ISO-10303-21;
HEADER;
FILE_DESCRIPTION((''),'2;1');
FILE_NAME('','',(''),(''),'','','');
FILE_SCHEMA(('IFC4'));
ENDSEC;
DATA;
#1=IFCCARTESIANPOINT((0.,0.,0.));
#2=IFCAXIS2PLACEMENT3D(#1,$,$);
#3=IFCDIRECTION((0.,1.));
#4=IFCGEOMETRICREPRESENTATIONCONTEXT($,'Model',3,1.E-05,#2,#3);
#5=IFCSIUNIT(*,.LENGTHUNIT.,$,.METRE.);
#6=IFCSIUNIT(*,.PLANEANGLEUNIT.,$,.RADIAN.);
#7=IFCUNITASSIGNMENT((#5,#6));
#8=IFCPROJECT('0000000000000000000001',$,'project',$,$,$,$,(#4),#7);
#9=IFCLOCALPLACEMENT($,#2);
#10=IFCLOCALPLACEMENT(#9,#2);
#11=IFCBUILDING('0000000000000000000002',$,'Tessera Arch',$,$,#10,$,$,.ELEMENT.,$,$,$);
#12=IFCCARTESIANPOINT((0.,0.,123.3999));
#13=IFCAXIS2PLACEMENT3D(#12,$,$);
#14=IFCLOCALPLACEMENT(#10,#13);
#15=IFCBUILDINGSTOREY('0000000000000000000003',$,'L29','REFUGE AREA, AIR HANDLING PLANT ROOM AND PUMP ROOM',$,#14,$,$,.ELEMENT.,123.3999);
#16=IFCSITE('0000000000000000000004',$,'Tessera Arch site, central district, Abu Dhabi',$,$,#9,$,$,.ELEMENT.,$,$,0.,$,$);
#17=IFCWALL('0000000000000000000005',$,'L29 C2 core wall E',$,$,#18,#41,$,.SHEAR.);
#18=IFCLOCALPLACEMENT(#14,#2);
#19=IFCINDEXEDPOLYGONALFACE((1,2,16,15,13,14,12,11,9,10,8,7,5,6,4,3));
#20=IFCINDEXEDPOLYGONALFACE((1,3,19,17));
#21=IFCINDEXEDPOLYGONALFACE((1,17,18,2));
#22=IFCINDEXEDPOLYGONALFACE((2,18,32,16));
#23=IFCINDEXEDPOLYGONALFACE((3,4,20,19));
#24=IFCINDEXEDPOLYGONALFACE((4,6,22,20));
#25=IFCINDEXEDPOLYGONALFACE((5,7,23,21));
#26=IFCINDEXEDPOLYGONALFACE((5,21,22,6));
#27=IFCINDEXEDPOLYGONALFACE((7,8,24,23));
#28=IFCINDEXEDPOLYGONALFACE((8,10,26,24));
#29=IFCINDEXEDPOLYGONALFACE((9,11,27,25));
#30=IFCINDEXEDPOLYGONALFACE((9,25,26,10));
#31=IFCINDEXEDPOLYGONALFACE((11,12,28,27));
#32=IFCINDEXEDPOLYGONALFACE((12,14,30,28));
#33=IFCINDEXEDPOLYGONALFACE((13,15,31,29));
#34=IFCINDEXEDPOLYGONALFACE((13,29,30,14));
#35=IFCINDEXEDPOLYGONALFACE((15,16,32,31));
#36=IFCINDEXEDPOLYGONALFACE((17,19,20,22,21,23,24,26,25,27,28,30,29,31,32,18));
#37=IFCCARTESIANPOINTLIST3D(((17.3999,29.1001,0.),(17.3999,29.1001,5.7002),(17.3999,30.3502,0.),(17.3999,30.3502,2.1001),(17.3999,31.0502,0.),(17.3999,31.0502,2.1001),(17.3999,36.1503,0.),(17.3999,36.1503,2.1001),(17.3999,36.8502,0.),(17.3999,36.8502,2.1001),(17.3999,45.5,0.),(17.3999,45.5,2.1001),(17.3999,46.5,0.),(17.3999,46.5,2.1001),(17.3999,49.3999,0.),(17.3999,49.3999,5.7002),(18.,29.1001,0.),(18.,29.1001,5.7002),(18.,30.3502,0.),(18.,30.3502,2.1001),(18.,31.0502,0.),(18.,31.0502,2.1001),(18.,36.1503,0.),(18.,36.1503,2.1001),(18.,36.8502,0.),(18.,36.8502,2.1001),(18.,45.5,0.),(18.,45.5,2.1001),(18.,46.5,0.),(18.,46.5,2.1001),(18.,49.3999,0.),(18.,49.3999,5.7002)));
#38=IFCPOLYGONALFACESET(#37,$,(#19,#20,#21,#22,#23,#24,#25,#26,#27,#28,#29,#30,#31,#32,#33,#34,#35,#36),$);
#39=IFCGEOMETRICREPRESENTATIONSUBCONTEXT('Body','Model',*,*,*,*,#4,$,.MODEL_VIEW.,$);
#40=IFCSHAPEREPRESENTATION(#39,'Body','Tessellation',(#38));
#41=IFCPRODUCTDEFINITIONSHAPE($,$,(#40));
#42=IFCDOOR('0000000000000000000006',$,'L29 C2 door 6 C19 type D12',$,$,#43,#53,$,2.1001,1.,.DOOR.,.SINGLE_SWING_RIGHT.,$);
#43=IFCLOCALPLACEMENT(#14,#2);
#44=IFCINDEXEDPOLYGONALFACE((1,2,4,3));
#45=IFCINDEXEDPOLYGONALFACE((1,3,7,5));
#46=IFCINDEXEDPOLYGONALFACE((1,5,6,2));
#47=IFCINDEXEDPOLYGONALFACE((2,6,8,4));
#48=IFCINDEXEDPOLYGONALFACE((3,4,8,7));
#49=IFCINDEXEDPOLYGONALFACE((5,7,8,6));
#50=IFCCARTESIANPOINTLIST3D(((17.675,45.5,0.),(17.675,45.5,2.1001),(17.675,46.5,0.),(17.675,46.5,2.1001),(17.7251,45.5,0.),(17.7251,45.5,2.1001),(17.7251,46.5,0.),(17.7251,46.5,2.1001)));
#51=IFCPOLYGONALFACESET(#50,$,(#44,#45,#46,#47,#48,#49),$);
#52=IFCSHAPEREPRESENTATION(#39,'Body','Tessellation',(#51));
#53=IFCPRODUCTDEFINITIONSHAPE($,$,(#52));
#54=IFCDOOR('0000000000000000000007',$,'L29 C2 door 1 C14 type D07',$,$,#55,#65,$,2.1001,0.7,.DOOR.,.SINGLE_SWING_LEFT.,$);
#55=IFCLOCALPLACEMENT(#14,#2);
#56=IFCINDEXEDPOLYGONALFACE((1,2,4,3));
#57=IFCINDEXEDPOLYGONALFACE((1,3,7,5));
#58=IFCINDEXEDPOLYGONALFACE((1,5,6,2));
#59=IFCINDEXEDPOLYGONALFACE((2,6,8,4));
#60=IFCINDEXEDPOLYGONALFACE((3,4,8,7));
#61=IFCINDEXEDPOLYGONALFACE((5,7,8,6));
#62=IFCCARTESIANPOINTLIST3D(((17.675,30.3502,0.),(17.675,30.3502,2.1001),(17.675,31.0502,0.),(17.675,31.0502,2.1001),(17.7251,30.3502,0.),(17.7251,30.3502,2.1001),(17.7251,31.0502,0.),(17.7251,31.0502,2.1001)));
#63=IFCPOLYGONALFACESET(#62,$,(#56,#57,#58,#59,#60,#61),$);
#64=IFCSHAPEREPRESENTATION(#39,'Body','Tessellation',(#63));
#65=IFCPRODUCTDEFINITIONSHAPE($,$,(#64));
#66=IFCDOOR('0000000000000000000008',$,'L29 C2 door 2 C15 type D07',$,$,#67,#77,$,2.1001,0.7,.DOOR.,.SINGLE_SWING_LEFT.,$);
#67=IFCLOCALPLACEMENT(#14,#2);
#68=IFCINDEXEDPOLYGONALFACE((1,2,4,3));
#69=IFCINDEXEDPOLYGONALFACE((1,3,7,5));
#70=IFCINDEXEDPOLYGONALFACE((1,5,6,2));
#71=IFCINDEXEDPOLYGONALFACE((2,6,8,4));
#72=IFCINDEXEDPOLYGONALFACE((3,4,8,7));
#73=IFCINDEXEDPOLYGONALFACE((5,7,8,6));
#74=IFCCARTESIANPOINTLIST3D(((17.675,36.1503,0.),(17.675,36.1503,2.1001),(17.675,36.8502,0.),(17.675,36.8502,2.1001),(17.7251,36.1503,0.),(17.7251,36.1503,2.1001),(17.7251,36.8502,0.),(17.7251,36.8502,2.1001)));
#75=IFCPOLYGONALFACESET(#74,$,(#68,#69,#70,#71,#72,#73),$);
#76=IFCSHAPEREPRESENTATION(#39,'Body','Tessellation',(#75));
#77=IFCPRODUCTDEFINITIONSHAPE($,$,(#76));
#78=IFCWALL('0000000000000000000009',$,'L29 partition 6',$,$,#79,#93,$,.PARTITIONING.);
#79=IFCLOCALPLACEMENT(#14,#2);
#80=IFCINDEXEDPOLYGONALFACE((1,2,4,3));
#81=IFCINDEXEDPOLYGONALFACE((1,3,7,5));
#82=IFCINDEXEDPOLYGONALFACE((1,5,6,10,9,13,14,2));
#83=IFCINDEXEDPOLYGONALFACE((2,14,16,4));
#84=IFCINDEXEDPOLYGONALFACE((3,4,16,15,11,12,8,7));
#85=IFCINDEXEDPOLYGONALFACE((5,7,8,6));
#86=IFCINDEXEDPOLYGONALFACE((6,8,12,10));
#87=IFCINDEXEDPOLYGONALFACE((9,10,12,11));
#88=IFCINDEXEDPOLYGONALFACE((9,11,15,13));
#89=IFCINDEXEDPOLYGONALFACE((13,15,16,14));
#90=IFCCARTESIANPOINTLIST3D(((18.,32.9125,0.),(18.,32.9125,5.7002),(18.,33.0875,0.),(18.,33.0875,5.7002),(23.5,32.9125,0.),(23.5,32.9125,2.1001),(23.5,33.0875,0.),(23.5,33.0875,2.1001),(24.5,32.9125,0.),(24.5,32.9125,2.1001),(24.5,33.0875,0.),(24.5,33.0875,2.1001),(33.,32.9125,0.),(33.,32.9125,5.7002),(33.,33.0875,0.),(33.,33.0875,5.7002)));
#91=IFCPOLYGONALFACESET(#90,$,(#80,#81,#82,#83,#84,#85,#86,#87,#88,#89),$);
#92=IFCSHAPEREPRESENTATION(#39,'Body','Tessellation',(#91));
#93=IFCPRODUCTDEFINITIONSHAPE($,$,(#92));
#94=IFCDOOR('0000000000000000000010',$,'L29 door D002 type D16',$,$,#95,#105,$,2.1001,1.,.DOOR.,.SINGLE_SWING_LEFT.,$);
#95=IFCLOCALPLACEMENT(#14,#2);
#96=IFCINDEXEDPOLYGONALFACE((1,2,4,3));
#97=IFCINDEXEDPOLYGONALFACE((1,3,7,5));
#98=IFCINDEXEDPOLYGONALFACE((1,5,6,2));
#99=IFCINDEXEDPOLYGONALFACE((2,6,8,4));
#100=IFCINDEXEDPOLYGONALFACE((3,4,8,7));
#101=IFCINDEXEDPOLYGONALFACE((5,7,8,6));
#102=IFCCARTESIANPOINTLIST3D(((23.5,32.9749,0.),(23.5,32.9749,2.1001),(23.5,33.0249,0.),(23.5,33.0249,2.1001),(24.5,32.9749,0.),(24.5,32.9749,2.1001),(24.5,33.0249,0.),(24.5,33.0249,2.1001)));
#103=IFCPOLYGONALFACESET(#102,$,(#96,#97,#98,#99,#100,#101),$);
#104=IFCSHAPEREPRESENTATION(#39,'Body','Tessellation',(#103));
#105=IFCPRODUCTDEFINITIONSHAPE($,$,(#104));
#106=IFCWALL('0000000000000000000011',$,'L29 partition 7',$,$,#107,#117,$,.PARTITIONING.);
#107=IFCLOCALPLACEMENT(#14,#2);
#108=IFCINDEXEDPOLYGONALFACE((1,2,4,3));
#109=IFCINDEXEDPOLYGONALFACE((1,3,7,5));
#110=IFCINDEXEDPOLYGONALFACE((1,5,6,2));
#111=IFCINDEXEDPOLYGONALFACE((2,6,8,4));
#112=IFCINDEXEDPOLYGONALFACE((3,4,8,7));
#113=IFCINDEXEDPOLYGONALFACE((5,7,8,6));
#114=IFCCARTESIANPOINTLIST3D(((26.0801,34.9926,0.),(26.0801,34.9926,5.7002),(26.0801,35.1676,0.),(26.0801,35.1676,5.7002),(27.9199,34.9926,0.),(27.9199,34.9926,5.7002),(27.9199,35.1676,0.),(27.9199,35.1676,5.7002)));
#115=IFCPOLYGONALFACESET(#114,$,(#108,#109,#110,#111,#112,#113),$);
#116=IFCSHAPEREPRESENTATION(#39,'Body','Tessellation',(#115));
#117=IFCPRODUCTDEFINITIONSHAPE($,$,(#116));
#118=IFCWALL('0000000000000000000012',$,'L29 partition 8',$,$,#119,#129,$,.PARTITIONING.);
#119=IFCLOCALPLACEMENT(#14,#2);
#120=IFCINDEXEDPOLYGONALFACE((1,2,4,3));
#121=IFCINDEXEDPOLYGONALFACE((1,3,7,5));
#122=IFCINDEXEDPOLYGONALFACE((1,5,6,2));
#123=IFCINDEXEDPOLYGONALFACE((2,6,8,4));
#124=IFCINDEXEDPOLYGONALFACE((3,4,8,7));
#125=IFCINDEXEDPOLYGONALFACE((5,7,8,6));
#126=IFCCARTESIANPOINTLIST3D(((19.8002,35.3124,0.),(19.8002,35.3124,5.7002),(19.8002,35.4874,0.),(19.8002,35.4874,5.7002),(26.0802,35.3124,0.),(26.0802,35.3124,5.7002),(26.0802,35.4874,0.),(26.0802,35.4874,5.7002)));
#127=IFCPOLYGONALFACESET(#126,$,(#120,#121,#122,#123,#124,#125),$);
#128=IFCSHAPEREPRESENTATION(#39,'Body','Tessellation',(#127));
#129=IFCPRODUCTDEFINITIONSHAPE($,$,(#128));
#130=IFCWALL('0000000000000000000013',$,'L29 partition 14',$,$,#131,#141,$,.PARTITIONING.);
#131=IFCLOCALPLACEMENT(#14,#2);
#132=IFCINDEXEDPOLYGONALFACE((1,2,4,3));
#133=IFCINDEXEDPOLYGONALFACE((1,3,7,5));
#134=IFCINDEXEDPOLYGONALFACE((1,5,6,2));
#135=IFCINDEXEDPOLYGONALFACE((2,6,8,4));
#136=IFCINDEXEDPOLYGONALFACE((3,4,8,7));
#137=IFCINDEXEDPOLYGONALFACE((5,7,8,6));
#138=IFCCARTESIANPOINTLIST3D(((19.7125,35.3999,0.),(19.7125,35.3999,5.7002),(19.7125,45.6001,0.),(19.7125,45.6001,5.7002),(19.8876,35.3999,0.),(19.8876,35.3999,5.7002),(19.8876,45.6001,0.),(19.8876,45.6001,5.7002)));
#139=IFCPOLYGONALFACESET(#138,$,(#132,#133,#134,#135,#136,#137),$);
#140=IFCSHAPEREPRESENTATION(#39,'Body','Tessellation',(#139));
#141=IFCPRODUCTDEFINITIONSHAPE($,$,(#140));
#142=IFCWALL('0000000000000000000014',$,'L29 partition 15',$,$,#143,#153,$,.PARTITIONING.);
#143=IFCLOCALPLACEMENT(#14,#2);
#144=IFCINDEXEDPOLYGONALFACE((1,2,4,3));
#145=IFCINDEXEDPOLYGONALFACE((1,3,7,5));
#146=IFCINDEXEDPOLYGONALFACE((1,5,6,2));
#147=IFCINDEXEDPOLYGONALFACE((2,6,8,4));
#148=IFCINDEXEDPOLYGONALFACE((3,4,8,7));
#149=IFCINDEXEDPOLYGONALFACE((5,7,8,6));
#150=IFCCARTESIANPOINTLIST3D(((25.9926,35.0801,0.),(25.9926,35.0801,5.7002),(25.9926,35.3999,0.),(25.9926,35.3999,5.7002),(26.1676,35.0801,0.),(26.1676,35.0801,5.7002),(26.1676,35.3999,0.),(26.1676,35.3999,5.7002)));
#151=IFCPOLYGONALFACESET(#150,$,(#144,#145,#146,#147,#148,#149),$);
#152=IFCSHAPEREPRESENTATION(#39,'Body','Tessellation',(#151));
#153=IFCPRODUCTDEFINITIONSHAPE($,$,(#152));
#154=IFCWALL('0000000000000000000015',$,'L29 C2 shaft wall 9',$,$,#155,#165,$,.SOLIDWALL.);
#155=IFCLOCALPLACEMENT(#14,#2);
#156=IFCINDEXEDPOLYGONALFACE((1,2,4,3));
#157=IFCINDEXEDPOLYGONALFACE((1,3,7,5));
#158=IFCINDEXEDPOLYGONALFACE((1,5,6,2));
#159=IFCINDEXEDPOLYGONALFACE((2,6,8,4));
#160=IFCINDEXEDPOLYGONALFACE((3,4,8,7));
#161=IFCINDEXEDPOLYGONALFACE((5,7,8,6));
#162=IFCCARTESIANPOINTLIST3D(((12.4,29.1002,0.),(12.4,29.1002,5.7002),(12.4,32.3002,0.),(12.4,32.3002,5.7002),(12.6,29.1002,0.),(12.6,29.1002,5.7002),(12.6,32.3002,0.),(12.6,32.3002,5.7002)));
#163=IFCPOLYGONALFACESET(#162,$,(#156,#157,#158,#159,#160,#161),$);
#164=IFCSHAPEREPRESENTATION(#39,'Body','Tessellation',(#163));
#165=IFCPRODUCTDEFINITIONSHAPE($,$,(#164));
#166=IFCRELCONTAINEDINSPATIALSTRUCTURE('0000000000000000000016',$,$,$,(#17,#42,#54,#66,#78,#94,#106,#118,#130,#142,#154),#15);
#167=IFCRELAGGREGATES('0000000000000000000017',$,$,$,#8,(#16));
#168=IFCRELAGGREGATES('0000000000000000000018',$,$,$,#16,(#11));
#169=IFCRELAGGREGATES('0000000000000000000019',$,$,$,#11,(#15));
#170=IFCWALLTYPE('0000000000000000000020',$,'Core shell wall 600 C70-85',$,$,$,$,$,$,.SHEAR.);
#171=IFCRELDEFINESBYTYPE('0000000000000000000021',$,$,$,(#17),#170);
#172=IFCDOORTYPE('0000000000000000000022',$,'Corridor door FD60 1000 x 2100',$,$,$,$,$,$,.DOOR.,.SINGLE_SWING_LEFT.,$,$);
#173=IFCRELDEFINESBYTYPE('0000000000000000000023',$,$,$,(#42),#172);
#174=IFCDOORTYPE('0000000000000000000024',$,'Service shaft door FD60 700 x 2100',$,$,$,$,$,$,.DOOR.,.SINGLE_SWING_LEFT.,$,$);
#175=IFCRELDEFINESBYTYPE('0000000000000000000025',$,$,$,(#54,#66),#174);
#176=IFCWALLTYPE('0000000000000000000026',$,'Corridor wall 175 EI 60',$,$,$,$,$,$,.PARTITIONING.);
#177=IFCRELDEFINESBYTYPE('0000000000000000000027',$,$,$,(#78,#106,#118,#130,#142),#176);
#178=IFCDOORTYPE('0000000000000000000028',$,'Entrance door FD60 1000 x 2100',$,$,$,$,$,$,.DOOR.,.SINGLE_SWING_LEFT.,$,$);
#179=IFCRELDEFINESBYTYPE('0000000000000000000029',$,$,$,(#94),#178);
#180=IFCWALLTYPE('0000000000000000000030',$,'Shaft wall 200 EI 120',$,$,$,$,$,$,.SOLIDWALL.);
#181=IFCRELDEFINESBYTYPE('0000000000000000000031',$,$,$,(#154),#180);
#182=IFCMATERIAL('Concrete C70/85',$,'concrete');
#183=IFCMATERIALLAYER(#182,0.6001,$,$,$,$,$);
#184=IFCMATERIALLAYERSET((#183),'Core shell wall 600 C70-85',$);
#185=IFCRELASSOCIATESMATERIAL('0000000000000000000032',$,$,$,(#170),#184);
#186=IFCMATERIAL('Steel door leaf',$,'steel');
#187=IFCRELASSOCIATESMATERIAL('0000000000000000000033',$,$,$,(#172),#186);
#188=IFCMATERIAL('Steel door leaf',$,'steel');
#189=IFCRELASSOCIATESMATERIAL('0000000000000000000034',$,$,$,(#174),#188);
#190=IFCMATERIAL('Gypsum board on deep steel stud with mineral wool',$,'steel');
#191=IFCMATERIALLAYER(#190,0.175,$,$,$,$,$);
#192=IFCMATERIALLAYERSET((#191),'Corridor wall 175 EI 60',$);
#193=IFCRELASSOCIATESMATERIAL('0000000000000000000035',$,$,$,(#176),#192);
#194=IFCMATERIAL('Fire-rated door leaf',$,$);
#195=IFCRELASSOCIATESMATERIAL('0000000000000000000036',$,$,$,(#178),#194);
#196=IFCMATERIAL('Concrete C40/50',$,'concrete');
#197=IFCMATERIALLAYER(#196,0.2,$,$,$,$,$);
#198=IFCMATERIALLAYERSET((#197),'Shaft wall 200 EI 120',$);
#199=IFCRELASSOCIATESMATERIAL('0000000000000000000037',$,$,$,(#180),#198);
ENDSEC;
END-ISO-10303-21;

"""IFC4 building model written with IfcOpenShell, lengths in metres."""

from ifc_helpers import new_model, si_unit, direction, frame, frame_2d, origin, place, context, subcontext, project, spatial, rectangle, extrude, material, layer, layer_set, type_object, element, fill, save


model = new_model("IFC4")

# Units and contexts
model_context = context("Model", 3, precision=1e-05, world=origin(), true_north=direction((0.0, 1.0)))
body_context = subcontext(model_context, "Body", "Model", "MODEL_VIEW")
ifc_project = project(units=[si_unit("LENGTHUNIT", "METRE"), si_unit("PLANEANGLEUNIT", "RADIAN")], contexts=[model_context])

# Site, building, storey
site_placement = place(None, origin())
site = spatial("IfcSite", under=ifc_project, at=site_placement, Name="Tessera Arch site, central district, Abu Dhabi", CompositionType="ELEMENT", RefElevation=0.0)
building_placement = place(site_placement, origin())
building = spatial("IfcBuilding", under=site, at=building_placement, Name="Tessera Arch", CompositionType="ELEMENT")
storey_placement = place(building_placement, frame((0.0, 0.0, 123.3999)))
storey = spatial("IfcBuildingStorey", under=building, at=storey_placement, Name="L29", Description="REFUGE AREA, AIR HANDLING PLANT ROOM AND PUMP ROOM", CompositionType="ELEMENT", Elevation=123.3999)

# Wall, openings, doors
ifc_material_1 = material(Name="Concrete C70/85", Category="concrete")
ifc_layer_1 = layer(ifc_material_1, 0.6001)
ifc_layer_set_1 = layer_set([ifc_layer_1], Name="Core shell wall 600 C70-85")
wall_type_1 = type_object("IfcWallType", Name="Core shell wall 600 C70-85", PredefinedType="SHEAR", material=ifc_layer_set_1)
wall_1_placement = place(storey_placement, frame((17.7, 29.1001, 0.0), z_axis=(0.0, 0.0, 1.0), x_axis=(0.0, 1.0, 0.0)))
wall_1 = element("IfcWall", 1, at=wall_1_placement, inside=storey, type_object=wall_type_1, Name="L29 C2 core wall E", PredefinedType="SHEAR", context=body_context, shape_type="SweptSolid", body=[
    extrude(rectangle(XDim=20.2998, YDim=0.6001, at=frame_2d((10.1499, 0.0))), origin(), (0.0, 0.0, 1.0), 5.7002),
])
opening_1_placement = place(wall_1_placement, frame((1.25, 0.0, 0.0)))
opening_1 = element("IfcOpeningElement", 2, at=opening_1_placement, cuts=wall_1, PredefinedType="OPENING", context=body_context, shape_type="SweptSolid", body=[
    extrude(rectangle(XDim=0.7, YDim=2.1001, at=frame_2d((0.3501, 1.05))), frame((0.0, 0.3101, 0.0), z_axis=(0.0, -1.0, 0.0), x_axis=(1.0, 0.0, 0.0)), (0.0, 0.0, 1.0), 0.6201),
])
opening_2_placement = place(wall_1_placement, frame((7.05, 0.0, 0.0)))
opening_2 = element("IfcOpeningElement", 3, at=opening_2_placement, cuts=wall_1, PredefinedType="OPENING", context=body_context, shape_type="SweptSolid", body=[
    extrude(rectangle(XDim=0.7, YDim=2.1001, at=frame_2d((0.3501, 1.05))), frame((0.0, 0.3101, 0.0), z_axis=(0.0, -1.0, 0.0), x_axis=(1.0, 0.0, 0.0)), (0.0, 0.0, 1.0), 0.6201),
])
opening_3_placement = place(wall_1_placement, frame((16.3999, 0.0, 0.0)))
opening_3 = element("IfcOpeningElement", 4, at=opening_3_placement, cuts=wall_1, PredefinedType="OPENING", context=body_context, shape_type="SweptSolid", body=[
    extrude(rectangle(XDim=1.0, YDim=2.1001, at=frame_2d((0.5, 1.05))), frame((0.0, 0.3101, 0.0), z_axis=(0.0, -1.0, 0.0), x_axis=(1.0, 0.0, 0.0)), (0.0, 0.0, 1.0), 0.6201),
])
ifc_material_2 = material(Name="Steel door leaf", Category="steel")
door_type_1 = type_object("IfcDoorType", Name="Corridor door FD60 1000 x 2100", OperationType="SINGLE_SWING_LEFT", PredefinedType="DOOR", material=ifc_material_2)
door_1_placement = place(opening_3_placement, origin())
door_1 = element("IfcDoor", 5, at=door_1_placement, inside=storey, type_object=door_type_1, Name="L29 C2 door 6 C19 type D12", OperationType="SINGLE_SWING_RIGHT", OverallHeight=2.1001, OverallWidth=1.0, PredefinedType="DOOR", context=body_context, shape_type="SweptSolid", body=[
    extrude(rectangle(XDim=1.0, YDim=2.1001, at=frame_2d((0.5, 1.05))), frame((0.0, 0.0249, 0.0), z_axis=(0.0, -1.0, 0.0), x_axis=(1.0, 0.0, 0.0)), (0.0, 0.0, 1.0), 0.05),
])
fill(opening_3, door_1)
ifc_material_3 = material(Name="Steel door leaf", Category="steel")
door_type_2 = type_object("IfcDoorType", Name="Service shaft door FD60 700 x 2100", OperationType="SINGLE_SWING_LEFT", PredefinedType="DOOR", material=ifc_material_3)
door_2_placement = place(opening_1_placement, origin())
door_2 = element("IfcDoor", 6, at=door_2_placement, inside=storey, type_object=door_type_2, Name="L29 C2 door 1 C14 type D07", OperationType="SINGLE_SWING_LEFT", OverallHeight=2.1001, OverallWidth=0.7, PredefinedType="DOOR", context=body_context, shape_type="SweptSolid", body=[
    extrude(rectangle(XDim=0.7, YDim=2.1001, at=frame_2d((0.3501, 1.05))), frame((0.0, 0.0249, 0.0), z_axis=(0.0, -1.0, 0.0), x_axis=(1.0, 0.0, 0.0)), (0.0, 0.0, 1.0), 0.05),
])
fill(opening_1, door_2)
door_3_placement = place(opening_2_placement, origin())
door_3 = element("IfcDoor", 7, at=door_3_placement, inside=storey, type_object=door_type_2, Name="L29 C2 door 2 C15 type D07", OperationType="SINGLE_SWING_LEFT", OverallHeight=2.1001, OverallWidth=0.7, PredefinedType="DOOR", context=body_context, shape_type="SweptSolid", body=[
    extrude(rectangle(XDim=0.7, YDim=2.1001, at=frame_2d((0.3501, 1.05))), frame((0.0, 0.0249, 0.0), z_axis=(0.0, -1.0, 0.0), x_axis=(1.0, 0.0, 0.0)), (0.0, 0.0, 1.0), 0.05),
])
fill(opening_2, door_3)

# Wall, opening, door
ifc_material_4 = material(Name="Gypsum board on deep steel stud with mineral wool", Category="steel")
ifc_layer_2 = layer(ifc_material_4, 0.175)
ifc_layer_set_2 = layer_set([ifc_layer_2], Name="Corridor wall 175 EI 60")
wall_type_2 = type_object("IfcWallType", Name="Corridor wall 175 EI 60", PredefinedType="PARTITIONING", material=ifc_layer_set_2)
wall_2_placement = place(storey_placement, frame((18.0, 33.0, 0.0), z_axis=(0.0, 0.0, 1.0), x_axis=(1.0, 0.0, 0.0)))
wall_2 = element("IfcWall", 8, at=wall_2_placement, inside=storey, type_object=wall_type_2, Name="L29 partition 6", PredefinedType="PARTITIONING", context=body_context, shape_type="SweptSolid", body=[
    extrude(rectangle(XDim=15.0, YDim=0.175, at=frame_2d((7.5, 0.0))), origin(), (0.0, 0.0, 1.0), 5.7002),
])
opening_4_placement = place(wall_2_placement, frame((5.5, 0.0, 0.0)))
opening_4 = element("IfcOpeningElement", 9, at=opening_4_placement, cuts=wall_2, PredefinedType="OPENING", context=body_context, shape_type="SweptSolid", body=[
    extrude(rectangle(XDim=1.0, YDim=2.1001, at=frame_2d((0.5, 1.05))), frame((0.0, 0.0974, 0.0), z_axis=(0.0, -1.0, 0.0), x_axis=(1.0, 0.0, 0.0)), (0.0, 0.0, 1.0), 0.1951),
])
ifc_material_5 = material(Name="Fire-rated door leaf")
door_type_3 = type_object("IfcDoorType", Name="Entrance door FD60 1000 x 2100", OperationType="SINGLE_SWING_LEFT", PredefinedType="DOOR", material=ifc_material_5)
door_4_placement = place(opening_4_placement, origin())
door_4 = element("IfcDoor", 10, at=door_4_placement, inside=storey, type_object=door_type_3, Name="L29 door D002 type D16", OperationType="SINGLE_SWING_LEFT", OverallHeight=2.1001, OverallWidth=1.0, PredefinedType="DOOR", context=body_context, shape_type="SweptSolid", body=[
    extrude(rectangle(XDim=1.0, YDim=2.1001, at=frame_2d((0.5, 1.05))), frame((0.0, 0.0249, 0.0), z_axis=(0.0, -1.0, 0.0), x_axis=(1.0, 0.0, 0.0)), (0.0, 0.0, 1.0), 0.05),
])
fill(opening_4, door_4)

# Walls
wall_3_placement = place(storey_placement, frame((26.0801, 35.0801, 0.0), z_axis=(0.0, 0.0, 1.0), x_axis=(1.0, 0.0, 0.0)))
element("IfcWall", 11, at=wall_3_placement, inside=storey, type_object=wall_type_2, Name="L29 partition 7", PredefinedType="PARTITIONING", context=body_context, shape_type="SweptSolid", body=[
    extrude(rectangle(XDim=1.8398, YDim=0.175, at=frame_2d((0.9199, 0.0))), origin(), (0.0, 0.0, 1.0), 5.7002),
])
wall_4_placement = place(storey_placement, frame((19.8, 35.3999, 0.0), z_axis=(0.0, 0.0, 1.0), x_axis=(1.0, 0.0, 0.0)))
element("IfcWall", 12, at=wall_4_placement, inside=storey, type_object=wall_type_2, Name="L29 partition 8", PredefinedType="PARTITIONING", context=body_context, shape_type="SweptSolid", body=[
    extrude(rectangle(XDim=6.28, YDim=0.175, at=frame_2d((3.1401, 0.0))), origin(), (0.0, 0.0, 1.0), 5.7002),
])
wall_5_placement = place(storey_placement, frame((19.8, 35.3999, 0.0), z_axis=(0.0, 0.0, 1.0), x_axis=(0.0, 1.0, 0.0)))
element("IfcWall", 13, at=wall_5_placement, inside=storey, type_object=wall_type_2, Name="L29 partition 14", PredefinedType="PARTITIONING", context=body_context, shape_type="SweptSolid", body=[
    extrude(rectangle(XDim=10.2002, YDim=0.175, at=frame_2d((5.1001, 0.0))), origin(), (0.0, 0.0, 1.0), 5.7002),
])
wall_6_placement = place(storey_placement, frame((26.0801, 35.0801, 0.0), z_axis=(0.0, 0.0, 1.0), x_axis=(0.0, 1.0, 0.0)))
element("IfcWall", 14, at=wall_6_placement, inside=storey, type_object=wall_type_2, Name="L29 partition 15", PredefinedType="PARTITIONING", context=body_context, shape_type="SweptSolid", body=[
    extrude(rectangle(XDim=0.3198, YDim=0.175, at=frame_2d((0.1599, 0.0))), origin(), (0.0, 0.0, 1.0), 5.7002),
])
ifc_material_6 = material(Name="Concrete C40/50", Category="concrete")
ifc_layer_3 = layer(ifc_material_6, 0.2)
ifc_layer_set_3 = layer_set([ifc_layer_3], Name="Shaft wall 200 EI 120")
wall_type_3 = type_object("IfcWallType", Name="Shaft wall 200 EI 120", PredefinedType="SOLIDWALL", material=ifc_layer_set_3)
wall_7_placement = place(storey_placement, frame((12.5, 29.1001, 0.0), z_axis=(0.0, 0.0, 1.0), x_axis=(0.0, 1.0, 0.0)))
element("IfcWall", 15, at=wall_7_placement, inside=storey, type_object=wall_type_3, Name="L29 C2 shaft wall 9", PredefinedType="SOLIDWALL", context=body_context, shape_type="SweptSolid", body=[
    extrude(rectangle(XDim=3.2, YDim=0.2, at=frame_2d((1.6001, 0.0))), origin(), (0.0, 0.0, 1.0), 5.7002),
])

save(model, "model.ifc")
